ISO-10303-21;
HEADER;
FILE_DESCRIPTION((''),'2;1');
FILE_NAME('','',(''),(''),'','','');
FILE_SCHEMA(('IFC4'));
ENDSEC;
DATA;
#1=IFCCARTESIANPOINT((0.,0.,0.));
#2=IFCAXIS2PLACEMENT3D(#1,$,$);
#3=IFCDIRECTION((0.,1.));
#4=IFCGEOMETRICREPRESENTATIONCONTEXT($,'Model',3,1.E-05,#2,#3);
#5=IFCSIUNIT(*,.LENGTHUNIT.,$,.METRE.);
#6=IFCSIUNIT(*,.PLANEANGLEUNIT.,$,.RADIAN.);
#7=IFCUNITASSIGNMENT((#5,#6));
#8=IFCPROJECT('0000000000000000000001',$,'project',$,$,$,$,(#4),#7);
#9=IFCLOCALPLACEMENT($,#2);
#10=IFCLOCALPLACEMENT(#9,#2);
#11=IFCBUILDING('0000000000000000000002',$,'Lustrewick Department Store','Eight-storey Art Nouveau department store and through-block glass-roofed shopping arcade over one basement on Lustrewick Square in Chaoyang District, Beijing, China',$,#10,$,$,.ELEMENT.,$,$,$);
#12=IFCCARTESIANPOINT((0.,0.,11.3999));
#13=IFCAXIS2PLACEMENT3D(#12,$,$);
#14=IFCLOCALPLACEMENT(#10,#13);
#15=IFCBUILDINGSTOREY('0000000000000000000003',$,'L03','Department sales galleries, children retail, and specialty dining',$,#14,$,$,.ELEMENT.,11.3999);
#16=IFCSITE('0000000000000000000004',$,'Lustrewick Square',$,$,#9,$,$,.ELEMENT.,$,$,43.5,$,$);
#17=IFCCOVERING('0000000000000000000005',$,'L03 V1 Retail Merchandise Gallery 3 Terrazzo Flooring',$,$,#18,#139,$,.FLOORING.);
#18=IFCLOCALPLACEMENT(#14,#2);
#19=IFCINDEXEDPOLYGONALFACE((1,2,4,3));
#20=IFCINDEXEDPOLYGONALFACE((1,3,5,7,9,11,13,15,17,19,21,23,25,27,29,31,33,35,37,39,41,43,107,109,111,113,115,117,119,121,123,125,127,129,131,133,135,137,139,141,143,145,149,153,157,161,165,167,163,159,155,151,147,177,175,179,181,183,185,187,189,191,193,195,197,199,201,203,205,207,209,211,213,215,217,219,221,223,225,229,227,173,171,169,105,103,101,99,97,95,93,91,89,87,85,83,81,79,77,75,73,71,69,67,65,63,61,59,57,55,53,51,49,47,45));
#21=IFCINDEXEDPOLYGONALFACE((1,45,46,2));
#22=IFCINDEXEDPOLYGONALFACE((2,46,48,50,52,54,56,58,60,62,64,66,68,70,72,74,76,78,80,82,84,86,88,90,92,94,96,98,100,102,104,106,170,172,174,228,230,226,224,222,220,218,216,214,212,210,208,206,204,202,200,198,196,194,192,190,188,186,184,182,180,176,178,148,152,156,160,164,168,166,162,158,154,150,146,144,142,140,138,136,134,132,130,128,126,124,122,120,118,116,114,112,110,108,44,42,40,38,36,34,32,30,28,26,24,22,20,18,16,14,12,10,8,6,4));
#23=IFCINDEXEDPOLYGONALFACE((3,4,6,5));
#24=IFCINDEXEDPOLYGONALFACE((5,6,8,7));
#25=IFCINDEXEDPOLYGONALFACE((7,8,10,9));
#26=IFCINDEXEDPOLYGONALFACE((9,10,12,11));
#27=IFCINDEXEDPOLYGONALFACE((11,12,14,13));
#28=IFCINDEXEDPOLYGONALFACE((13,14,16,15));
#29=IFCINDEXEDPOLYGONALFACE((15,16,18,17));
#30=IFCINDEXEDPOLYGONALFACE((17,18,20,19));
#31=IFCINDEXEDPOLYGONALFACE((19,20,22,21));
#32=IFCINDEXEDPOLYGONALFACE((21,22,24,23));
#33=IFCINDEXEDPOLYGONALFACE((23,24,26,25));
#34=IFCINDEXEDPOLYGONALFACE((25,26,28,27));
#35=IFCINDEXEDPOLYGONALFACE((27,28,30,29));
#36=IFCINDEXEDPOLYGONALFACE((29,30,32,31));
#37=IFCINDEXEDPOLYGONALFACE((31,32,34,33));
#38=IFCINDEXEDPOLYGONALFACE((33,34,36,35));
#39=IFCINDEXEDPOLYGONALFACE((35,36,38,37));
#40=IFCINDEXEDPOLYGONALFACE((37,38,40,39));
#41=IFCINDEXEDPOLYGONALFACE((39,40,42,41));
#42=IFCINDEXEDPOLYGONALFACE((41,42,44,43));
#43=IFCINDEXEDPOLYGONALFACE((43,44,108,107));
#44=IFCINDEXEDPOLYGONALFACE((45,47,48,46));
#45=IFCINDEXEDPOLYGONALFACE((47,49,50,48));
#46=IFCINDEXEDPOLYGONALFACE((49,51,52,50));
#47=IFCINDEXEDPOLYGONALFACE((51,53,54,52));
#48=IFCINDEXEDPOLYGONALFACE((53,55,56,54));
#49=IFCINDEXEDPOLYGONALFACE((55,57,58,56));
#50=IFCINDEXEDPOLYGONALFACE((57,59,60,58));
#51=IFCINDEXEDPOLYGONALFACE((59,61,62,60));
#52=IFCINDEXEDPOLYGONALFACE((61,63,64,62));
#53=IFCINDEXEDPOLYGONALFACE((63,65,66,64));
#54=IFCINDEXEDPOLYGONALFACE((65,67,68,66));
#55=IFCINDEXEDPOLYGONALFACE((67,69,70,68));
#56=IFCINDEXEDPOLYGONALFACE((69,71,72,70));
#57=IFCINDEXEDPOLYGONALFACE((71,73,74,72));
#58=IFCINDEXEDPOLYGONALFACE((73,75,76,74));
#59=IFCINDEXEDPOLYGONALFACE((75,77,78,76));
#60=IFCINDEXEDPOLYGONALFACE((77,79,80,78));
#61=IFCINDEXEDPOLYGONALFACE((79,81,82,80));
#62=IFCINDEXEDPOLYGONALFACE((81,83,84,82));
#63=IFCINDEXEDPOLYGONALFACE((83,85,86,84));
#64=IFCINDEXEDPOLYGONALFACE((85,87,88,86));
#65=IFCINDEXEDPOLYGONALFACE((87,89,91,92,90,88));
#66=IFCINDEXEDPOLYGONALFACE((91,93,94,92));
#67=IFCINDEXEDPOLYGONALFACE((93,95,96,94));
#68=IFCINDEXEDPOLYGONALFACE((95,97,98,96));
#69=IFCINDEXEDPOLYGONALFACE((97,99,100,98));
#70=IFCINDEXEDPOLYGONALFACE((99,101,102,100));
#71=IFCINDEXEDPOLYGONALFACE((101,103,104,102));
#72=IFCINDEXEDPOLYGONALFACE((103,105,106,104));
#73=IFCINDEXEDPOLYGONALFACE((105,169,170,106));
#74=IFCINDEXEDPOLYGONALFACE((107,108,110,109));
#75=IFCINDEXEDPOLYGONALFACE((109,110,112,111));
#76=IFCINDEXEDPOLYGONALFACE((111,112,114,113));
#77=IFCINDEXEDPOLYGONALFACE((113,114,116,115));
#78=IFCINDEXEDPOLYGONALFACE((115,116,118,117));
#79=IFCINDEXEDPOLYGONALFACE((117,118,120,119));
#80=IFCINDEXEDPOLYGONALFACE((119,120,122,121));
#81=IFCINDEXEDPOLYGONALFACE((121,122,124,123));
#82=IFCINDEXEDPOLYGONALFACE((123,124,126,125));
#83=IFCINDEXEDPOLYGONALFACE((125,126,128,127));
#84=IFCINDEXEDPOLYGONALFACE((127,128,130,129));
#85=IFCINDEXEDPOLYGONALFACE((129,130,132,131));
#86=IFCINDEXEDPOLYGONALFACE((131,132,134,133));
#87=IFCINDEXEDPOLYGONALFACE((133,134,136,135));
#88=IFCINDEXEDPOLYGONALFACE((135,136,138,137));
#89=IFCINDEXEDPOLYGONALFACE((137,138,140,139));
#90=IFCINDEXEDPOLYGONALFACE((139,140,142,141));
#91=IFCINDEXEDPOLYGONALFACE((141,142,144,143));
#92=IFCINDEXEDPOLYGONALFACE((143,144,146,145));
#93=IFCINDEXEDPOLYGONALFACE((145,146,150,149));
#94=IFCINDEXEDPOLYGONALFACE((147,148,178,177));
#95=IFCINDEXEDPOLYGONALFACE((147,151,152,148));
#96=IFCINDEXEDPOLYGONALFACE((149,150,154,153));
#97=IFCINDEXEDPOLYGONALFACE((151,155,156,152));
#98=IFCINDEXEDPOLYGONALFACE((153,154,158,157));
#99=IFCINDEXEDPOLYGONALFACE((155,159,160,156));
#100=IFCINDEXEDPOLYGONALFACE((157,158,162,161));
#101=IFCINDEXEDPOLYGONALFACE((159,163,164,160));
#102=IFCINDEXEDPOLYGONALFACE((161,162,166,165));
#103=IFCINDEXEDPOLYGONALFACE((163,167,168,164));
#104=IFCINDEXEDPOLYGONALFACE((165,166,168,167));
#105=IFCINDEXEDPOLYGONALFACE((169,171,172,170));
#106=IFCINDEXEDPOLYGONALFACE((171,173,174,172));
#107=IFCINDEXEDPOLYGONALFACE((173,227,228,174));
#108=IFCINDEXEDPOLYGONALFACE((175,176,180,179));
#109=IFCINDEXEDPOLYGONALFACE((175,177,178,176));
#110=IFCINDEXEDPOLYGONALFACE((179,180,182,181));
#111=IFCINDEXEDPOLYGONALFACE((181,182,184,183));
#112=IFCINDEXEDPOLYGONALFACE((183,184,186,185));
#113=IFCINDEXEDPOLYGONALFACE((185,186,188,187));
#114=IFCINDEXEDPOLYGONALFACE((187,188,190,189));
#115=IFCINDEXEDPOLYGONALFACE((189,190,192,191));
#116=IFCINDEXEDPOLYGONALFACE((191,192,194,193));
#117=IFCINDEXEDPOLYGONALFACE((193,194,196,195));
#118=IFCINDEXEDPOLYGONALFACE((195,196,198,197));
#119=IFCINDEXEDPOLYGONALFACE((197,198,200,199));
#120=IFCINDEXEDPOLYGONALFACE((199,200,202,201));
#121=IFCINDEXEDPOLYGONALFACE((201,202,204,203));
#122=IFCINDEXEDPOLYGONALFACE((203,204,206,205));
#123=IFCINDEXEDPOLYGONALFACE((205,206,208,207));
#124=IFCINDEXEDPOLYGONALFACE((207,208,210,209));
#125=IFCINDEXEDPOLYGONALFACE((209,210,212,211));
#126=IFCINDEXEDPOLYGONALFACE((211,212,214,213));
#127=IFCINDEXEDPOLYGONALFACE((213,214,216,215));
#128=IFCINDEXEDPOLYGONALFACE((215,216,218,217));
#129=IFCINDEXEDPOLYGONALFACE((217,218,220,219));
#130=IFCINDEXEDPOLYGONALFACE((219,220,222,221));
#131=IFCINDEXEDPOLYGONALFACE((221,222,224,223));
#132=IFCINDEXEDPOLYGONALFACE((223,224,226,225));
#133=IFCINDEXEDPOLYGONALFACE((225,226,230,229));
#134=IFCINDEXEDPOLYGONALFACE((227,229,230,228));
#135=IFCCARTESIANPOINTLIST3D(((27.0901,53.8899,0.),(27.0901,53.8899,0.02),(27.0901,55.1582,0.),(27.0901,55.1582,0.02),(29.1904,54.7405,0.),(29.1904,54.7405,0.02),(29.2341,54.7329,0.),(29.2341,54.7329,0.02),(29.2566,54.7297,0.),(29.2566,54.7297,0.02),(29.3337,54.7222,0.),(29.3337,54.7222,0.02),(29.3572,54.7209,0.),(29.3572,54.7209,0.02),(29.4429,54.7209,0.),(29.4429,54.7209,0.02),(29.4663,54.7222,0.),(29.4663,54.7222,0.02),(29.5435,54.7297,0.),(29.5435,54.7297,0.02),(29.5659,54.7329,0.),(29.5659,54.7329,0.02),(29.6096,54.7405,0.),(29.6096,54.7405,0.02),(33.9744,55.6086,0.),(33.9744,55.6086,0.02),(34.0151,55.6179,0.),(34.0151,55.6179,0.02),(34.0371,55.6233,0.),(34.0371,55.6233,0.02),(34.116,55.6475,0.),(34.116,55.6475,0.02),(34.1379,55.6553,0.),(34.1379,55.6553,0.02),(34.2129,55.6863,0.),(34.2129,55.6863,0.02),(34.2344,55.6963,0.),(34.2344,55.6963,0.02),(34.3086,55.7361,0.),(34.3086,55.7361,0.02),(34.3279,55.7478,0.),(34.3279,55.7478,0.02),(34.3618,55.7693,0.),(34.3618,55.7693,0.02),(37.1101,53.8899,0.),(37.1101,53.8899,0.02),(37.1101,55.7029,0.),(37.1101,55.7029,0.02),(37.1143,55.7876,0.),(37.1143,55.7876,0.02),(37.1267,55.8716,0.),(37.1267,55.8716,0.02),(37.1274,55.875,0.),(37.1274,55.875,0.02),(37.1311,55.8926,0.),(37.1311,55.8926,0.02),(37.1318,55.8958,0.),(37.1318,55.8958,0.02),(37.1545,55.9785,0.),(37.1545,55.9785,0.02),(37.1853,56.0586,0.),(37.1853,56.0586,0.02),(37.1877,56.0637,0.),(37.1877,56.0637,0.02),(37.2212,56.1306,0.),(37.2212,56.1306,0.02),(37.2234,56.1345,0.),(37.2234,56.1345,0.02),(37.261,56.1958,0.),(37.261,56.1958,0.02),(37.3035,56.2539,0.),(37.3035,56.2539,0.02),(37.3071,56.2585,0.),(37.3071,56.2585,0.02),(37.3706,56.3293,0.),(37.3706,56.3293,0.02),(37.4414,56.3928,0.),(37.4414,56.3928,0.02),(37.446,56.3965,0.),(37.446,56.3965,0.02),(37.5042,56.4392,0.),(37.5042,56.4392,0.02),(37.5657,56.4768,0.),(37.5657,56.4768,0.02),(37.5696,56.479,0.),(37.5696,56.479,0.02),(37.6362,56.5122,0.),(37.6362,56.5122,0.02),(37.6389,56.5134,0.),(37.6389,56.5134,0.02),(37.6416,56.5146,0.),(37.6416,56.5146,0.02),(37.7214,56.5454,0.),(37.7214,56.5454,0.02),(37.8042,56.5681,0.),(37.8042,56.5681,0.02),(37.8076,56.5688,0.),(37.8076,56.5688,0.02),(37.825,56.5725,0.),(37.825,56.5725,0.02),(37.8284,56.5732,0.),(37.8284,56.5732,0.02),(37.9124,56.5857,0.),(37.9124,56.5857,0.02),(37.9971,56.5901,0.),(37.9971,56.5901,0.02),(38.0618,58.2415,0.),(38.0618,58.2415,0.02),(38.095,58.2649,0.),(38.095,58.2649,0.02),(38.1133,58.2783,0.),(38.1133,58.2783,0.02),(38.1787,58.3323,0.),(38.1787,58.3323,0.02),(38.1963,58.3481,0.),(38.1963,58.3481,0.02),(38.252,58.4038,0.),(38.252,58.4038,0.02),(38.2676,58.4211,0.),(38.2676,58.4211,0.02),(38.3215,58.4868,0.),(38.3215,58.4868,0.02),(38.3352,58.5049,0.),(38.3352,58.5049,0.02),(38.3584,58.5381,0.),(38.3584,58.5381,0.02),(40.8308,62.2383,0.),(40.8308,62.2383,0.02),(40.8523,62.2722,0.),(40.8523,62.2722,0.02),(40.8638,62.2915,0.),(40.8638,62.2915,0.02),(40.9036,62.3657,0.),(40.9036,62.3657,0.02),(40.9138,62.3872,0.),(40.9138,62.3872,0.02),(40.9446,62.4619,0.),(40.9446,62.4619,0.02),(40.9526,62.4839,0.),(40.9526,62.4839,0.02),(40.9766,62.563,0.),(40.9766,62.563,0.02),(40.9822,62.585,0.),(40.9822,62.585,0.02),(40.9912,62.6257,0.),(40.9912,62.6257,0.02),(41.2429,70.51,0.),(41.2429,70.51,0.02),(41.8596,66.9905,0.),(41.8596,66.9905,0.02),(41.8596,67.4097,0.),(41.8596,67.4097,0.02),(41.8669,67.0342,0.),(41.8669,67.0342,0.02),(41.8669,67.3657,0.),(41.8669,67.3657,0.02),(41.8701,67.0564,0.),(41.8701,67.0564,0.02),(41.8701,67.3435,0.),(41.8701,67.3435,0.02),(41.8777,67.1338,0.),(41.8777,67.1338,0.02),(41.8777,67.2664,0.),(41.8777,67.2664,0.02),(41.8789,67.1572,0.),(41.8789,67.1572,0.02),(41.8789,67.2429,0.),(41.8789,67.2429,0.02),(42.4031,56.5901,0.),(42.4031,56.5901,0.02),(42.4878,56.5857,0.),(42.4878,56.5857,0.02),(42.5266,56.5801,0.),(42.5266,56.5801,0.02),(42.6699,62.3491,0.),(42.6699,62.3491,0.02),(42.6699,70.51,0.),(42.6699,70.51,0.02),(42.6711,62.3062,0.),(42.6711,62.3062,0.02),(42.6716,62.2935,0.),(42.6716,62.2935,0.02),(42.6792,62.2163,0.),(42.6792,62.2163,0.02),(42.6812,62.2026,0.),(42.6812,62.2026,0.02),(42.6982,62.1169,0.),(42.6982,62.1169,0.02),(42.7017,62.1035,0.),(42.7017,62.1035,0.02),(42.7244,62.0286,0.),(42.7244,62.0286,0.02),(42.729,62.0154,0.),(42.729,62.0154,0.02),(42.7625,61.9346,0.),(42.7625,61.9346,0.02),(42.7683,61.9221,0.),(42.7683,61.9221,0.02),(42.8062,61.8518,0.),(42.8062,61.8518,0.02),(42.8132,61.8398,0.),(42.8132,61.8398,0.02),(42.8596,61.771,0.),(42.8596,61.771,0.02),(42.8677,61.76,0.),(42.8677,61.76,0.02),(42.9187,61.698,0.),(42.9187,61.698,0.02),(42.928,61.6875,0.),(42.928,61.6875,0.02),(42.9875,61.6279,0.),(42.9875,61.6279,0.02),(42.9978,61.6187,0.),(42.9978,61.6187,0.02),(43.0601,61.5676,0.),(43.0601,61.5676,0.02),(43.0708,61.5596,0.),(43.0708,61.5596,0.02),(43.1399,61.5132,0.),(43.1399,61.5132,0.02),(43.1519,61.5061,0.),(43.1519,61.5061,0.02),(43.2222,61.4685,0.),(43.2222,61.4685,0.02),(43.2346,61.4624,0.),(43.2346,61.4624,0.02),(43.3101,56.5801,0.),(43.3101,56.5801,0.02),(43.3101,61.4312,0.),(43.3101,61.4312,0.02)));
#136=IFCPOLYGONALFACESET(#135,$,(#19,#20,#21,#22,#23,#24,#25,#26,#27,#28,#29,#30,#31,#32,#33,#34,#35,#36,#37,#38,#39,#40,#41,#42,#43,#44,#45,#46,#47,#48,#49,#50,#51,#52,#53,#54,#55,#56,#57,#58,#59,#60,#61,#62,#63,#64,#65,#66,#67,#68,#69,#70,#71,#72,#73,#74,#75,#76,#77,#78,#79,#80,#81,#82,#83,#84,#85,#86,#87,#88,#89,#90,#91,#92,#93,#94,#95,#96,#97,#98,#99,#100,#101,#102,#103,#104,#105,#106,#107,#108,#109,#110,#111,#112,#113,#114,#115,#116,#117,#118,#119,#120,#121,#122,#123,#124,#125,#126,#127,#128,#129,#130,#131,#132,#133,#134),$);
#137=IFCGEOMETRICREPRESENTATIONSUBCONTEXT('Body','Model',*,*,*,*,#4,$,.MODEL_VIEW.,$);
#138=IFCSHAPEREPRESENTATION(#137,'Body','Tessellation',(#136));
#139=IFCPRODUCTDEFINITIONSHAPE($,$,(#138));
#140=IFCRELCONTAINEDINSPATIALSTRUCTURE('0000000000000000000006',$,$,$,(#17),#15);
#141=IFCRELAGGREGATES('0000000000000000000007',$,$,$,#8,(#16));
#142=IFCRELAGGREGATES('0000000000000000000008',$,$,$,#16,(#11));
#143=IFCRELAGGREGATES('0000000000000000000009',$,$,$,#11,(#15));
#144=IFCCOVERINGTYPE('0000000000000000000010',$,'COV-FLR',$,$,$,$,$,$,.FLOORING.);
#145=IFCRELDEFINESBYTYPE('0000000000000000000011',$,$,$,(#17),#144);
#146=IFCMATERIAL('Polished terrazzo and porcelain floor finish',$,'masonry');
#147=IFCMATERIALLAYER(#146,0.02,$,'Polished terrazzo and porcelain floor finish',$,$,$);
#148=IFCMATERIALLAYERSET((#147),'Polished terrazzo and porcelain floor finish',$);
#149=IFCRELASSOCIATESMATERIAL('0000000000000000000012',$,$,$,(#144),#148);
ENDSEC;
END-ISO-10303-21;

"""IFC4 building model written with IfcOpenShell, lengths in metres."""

from ifc_helpers import new_model, si_unit, direction, frame, origin, place, context, subcontext, project, spatial, polyline, outline, extrude, material, layer, layer_set, type_object, element, save


model = new_model("IFC4")

# Units and contexts
model_context = context("Model", 3, precision=1e-05, world=origin(), true_north=direction((0.0, 1.0)))
body_context = subcontext(model_context, "Body", "Model", "MODEL_VIEW")
ifc_project = project(units=[si_unit("LENGTHUNIT", "METRE"), si_unit("PLANEANGLEUNIT", "RADIAN")], contexts=[model_context])

# Site, building, storey
site_placement = place(None, origin())
site = spatial("IfcSite", under=ifc_project, at=site_placement, Name="Lustrewick Square", CompositionType="ELEMENT", RefElevation=43.5)
building_placement = place(site_placement, origin())
building = spatial("IfcBuilding", under=site, at=building_placement, Name="Lustrewick Department Store", Description="Eight-storey Art Nouveau department store and through-block glass-roofed shopping arcade over one basement on Lustrewick Square in Chaoyang District, Beijing, China", CompositionType="ELEMENT")
storey_placement = place(building_placement, frame((0.0, 0.0, 11.3999)))
storey = spatial("IfcBuildingStorey", under=building, at=storey_placement, Name="L03", Description="Department sales galleries, children retail, and specialty dining", CompositionType="ELEMENT", Elevation=11.3999)

# Covering
ifc_material_1 = material(Name="Polished terrazzo and porcelain floor finish", Category="masonry")
ifc_layer_1 = layer(ifc_material_1, 0.02, Name="Polished terrazzo and porcelain floor finish")
ifc_layer_set_1 = layer_set([ifc_layer_1], Name="Polished terrazzo and porcelain floor finish")
covering_type_1 = type_object("IfcCoveringType", Name="COV-FLR", PredefinedType="FLOORING", material=ifc_layer_set_1)
covering_1_placement = place(storey_placement, origin())
element("IfcCovering", 1, at=covering_1_placement, inside=storey, type_object=covering_type_1, Name="L03 V1 Retail Merchandise Gallery 3 Terrazzo Flooring", PredefinedType="FLOORING", context=body_context, shape_type="SweptSolid", body=[
    extrude(outline(polyline([(40.9912, 62.6257), (40.9822, 62.585), (40.9766, 62.563), (40.9526, 62.4839), (40.9446, 62.4619), (40.9138, 62.3872), (40.9036, 62.3657), (40.8638, 62.2915), (40.8523, 62.2722), (40.8308, 62.2383), (38.3584, 58.5381), (38.3352, 58.5049), (38.3215, 58.4868), (38.2676, 58.4211), (38.252, 58.4038), (38.1963, 58.3481), (38.1787, 58.3323), (38.1133, 58.2783), (38.095, 58.2649), (38.0618, 58.2415), (34.3618, 55.7693), (34.3279, 55.7478), (34.3086, 55.7361), (34.2344, 55.6963), (34.2129, 55.6863), (34.1379, 55.6553), (34.116, 55.6475), (34.0371, 55.6233), (34.0151, 55.6179), (33.9744, 55.6086), (29.6096, 54.7405), (29.5659, 54.7329), (29.5435, 54.7297), (29.4663, 54.7222), (29.4429, 54.7209), (29.3572, 54.7209), (29.3337, 54.7222), (29.2566, 54.7297), (29.2341, 54.7329), (29.1904, 54.7405), (27.0901, 55.1582), (27.0901, 53.8899), (37.1101, 53.8899), (37.1101, 55.7029), (37.1143, 55.7876), (37.1267, 55.8716), (37.1274, 55.875), (37.1311, 55.8926), (37.1318, 55.8958), (37.1545, 55.9785), (37.1853, 56.0586), (37.1877, 56.0637), (37.2212, 56.1306), (37.2234, 56.1345), (37.261, 56.1958), (37.3035, 56.2539), (37.3071, 56.2585), (37.3706, 56.3293), (37.4414, 56.3928), (37.446, 56.3965), (37.5042, 56.4392), (37.5657, 56.4768), (37.5696, 56.479), (37.6362, 56.5122), (37.6389, 56.5134), (37.6416, 56.5146), (37.7214, 56.5454), (37.8042, 56.5681), (37.8076, 56.5688), (37.825, 56.5725), (37.8284, 56.5732), (37.9124, 56.5857), (37.9971, 56.5901), (42.4031, 56.5901), (42.4878, 56.5857), (42.5266, 56.5801), (43.3101, 56.5801), (43.3101, 61.4312), (43.2346, 61.4624), (43.2222, 61.4685), (43.1519, 61.5061), (43.1399, 61.5132), (43.0708, 61.5596), (43.0601, 61.5676), (42.9978, 61.6187), (42.9875, 61.6279), (42.928, 61.6875), (42.9187, 61.698), (42.8677, 61.76), (42.8596, 61.771), (42.8132, 61.8398), (42.8062, 61.8518), (42.7683, 61.9221), (42.7625, 61.9346), (42.729, 62.0154), (42.7244, 62.0286), (42.7017, 62.1035), (42.6982, 62.1169), (42.6812, 62.2026), (42.6792, 62.2163), (42.6716, 62.2935), (42.6711, 62.3062), (42.6699, 62.3491), (42.6699, 70.51), (41.2429, 70.51), (41.8596, 67.4097), (41.8669, 67.3657), (41.8701, 67.3435), (41.8777, 67.2664), (41.8789, 67.2429), (41.8789, 67.1572), (41.8777, 67.1338), (41.8701, 67.0564), (41.8669, 67.0342), (41.8596, 66.9905), (40.9912, 62.6257)])), origin(), (0.0, 0.0, 1.0), 0.02),
])

save(model, "model.ifc")
